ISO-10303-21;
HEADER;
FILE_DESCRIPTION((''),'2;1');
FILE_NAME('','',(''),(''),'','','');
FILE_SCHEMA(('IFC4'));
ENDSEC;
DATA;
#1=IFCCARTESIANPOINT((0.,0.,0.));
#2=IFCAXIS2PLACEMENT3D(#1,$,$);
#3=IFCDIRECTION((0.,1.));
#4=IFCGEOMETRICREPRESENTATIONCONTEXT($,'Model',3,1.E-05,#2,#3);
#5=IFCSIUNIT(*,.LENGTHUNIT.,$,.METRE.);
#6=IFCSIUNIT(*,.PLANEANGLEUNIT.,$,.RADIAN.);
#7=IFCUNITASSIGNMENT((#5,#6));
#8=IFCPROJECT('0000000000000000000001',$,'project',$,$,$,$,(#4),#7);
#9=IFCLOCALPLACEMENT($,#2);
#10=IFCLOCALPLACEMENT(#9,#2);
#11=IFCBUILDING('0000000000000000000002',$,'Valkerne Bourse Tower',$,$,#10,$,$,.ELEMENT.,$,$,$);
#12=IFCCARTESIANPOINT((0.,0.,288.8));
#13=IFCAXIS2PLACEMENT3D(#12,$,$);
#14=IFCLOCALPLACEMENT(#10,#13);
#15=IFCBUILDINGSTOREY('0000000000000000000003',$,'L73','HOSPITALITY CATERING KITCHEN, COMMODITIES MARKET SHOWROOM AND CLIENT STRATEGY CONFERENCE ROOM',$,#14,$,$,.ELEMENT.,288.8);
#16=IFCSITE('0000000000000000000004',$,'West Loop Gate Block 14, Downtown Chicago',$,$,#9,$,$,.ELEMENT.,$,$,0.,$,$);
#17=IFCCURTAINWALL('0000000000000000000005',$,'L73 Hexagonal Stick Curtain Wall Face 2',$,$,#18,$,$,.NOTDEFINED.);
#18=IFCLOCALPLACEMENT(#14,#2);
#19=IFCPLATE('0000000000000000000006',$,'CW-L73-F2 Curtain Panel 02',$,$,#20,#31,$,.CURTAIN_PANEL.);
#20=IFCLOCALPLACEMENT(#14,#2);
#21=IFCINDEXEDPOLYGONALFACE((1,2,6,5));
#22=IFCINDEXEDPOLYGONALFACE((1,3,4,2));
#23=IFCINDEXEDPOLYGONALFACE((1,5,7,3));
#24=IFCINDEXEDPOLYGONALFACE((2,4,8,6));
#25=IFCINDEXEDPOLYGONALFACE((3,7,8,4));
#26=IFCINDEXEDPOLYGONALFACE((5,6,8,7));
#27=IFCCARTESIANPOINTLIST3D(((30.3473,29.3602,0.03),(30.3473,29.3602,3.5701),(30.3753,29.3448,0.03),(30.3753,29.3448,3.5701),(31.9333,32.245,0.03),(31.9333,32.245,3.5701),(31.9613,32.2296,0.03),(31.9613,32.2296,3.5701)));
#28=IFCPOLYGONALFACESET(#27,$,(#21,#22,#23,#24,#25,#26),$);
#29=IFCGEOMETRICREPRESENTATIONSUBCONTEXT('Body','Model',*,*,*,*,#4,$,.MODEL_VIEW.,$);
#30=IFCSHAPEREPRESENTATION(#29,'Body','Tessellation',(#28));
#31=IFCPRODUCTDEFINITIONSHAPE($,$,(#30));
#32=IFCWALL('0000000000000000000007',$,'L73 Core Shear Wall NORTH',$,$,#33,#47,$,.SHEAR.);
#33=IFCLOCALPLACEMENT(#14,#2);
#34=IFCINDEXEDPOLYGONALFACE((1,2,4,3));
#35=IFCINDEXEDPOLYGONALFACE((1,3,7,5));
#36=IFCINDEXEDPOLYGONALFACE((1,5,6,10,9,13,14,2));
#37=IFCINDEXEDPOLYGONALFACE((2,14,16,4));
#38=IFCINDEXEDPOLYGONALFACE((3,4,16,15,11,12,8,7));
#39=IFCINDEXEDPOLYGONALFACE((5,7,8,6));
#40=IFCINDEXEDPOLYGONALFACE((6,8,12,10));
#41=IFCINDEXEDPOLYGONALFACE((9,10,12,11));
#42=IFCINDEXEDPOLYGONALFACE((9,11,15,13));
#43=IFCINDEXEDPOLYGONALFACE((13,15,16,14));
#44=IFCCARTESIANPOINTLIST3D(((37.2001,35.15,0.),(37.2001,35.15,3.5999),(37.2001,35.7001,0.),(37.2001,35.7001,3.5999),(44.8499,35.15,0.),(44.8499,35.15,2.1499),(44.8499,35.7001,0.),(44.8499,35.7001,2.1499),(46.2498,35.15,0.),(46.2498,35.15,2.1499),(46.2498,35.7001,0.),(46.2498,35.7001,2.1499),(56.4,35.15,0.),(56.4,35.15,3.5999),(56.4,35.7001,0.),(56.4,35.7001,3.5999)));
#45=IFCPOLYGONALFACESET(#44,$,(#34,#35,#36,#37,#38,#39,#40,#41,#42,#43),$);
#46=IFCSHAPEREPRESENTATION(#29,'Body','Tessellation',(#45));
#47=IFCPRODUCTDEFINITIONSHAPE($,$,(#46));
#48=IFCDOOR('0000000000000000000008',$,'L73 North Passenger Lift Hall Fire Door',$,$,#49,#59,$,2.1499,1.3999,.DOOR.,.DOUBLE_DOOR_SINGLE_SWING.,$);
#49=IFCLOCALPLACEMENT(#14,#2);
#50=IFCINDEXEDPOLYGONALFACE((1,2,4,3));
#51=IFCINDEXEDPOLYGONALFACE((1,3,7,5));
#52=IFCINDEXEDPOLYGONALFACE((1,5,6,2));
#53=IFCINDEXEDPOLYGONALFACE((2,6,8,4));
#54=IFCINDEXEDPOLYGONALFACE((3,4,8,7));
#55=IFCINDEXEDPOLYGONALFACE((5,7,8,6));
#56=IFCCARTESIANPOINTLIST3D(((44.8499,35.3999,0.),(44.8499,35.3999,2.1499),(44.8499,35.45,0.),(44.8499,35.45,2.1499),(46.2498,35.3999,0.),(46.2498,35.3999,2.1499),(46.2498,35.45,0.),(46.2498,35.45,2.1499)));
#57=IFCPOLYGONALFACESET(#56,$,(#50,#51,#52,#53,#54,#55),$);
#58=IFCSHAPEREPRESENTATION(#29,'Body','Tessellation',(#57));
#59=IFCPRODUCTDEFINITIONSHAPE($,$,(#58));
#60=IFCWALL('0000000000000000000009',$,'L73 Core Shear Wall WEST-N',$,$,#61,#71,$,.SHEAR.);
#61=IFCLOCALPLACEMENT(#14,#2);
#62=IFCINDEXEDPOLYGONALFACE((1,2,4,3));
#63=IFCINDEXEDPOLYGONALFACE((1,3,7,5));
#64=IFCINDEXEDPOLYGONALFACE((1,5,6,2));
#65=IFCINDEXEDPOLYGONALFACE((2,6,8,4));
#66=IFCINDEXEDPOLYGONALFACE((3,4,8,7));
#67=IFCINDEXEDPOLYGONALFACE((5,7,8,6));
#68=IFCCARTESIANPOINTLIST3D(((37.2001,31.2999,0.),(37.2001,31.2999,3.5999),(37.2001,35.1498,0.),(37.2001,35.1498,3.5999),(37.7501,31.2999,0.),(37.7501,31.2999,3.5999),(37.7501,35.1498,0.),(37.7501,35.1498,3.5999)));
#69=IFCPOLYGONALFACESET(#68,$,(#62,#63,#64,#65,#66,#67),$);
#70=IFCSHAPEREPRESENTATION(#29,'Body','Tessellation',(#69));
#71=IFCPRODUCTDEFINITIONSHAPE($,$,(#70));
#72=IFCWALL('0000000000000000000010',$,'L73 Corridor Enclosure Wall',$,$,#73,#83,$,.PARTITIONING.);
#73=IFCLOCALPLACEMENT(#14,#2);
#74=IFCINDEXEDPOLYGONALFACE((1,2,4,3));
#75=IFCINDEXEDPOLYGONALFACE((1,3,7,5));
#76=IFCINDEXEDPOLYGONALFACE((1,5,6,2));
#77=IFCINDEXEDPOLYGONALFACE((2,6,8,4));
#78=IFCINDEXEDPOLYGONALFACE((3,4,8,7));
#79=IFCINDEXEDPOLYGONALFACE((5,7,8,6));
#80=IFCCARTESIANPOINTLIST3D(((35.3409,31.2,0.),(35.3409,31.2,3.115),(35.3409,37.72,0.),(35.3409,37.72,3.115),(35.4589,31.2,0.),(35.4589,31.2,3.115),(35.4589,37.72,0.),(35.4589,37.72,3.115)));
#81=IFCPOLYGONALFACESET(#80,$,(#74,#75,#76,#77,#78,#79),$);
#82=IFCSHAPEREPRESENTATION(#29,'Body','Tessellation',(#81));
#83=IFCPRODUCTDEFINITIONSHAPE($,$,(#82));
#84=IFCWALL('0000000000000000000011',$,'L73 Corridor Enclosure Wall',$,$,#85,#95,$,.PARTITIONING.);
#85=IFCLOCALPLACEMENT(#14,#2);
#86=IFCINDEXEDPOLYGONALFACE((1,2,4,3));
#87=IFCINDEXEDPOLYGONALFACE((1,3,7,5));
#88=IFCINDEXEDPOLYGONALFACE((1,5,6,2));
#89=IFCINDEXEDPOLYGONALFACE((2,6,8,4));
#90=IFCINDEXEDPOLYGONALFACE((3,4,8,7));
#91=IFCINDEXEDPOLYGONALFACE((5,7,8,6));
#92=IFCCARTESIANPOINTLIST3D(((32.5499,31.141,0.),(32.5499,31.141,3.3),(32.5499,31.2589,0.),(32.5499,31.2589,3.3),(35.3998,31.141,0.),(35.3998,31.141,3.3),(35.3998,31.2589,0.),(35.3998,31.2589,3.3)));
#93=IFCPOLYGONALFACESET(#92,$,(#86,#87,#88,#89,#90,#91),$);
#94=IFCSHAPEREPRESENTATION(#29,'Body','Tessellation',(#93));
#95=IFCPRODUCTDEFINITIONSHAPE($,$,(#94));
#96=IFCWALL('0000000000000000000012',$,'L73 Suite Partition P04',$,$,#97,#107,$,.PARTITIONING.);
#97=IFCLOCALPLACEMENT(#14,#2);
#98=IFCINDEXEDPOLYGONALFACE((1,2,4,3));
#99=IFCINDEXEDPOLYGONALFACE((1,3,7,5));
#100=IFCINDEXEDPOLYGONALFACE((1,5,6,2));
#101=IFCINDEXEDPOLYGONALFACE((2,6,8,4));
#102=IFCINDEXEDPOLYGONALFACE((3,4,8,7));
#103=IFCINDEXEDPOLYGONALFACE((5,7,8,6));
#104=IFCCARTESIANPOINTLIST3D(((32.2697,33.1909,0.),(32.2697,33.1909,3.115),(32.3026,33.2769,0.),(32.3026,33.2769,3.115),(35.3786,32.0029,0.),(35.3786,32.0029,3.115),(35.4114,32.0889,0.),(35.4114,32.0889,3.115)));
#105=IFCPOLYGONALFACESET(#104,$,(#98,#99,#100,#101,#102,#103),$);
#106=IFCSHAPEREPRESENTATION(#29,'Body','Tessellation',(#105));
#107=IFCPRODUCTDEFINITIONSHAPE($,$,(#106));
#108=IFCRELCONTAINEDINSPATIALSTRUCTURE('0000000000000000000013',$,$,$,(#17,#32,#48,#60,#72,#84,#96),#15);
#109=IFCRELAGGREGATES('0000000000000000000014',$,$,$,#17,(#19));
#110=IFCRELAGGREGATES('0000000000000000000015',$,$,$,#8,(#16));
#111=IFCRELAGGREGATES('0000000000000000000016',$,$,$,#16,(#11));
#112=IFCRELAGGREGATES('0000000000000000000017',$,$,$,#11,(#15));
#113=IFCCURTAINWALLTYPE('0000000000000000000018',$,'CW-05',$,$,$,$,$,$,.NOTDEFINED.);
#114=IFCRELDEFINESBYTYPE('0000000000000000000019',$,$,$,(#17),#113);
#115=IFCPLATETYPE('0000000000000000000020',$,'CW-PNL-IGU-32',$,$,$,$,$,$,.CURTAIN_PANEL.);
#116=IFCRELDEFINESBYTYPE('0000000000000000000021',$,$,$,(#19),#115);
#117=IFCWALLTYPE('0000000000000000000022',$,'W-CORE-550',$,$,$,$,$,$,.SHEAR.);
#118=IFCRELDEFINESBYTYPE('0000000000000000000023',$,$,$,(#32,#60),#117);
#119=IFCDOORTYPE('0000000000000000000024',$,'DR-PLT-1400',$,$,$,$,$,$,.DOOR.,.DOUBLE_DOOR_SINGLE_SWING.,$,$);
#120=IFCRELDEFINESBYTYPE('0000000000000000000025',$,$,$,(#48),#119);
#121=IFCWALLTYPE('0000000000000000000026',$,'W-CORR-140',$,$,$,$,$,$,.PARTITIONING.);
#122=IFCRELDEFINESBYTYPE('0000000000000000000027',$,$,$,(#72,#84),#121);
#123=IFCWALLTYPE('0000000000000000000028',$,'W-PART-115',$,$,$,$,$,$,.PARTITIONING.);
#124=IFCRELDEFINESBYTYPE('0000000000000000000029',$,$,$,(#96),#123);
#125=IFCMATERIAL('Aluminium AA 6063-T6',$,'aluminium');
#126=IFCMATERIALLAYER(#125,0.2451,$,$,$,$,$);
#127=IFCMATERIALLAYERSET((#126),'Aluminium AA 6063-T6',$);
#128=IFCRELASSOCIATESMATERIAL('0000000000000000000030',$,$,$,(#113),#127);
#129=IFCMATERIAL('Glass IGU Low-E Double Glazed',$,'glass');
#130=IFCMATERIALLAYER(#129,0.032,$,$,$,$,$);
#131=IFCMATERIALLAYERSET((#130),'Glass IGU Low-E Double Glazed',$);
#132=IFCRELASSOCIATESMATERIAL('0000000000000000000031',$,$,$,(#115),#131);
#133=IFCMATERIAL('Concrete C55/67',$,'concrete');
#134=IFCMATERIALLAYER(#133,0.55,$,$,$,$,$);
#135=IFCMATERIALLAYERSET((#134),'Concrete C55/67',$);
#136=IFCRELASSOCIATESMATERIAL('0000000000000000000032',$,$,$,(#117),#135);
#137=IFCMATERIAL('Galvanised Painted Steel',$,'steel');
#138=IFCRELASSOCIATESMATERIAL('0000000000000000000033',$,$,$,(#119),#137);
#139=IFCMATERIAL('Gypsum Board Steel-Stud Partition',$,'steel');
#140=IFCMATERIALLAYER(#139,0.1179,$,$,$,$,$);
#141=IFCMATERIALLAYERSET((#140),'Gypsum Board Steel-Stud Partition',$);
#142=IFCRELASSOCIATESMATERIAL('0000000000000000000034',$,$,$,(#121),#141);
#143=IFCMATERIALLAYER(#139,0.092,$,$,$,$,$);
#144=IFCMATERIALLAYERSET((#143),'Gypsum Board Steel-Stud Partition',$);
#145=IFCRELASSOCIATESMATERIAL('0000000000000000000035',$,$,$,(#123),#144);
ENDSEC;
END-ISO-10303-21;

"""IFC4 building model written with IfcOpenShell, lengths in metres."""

from ifc_helpers import new_model, si_unit, direction, frame, frame_2d, origin, origin_2d, place, context, subcontext, project, spatial, rectangle, extrude, material, layer, layer_set, type_object, element, fill, aggregate, save


model = new_model("IFC4")

# Units and contexts
model_context = context("Model", 3, precision=1e-05, world=origin(), true_north=direction((0.0, 1.0)))
body_context = subcontext(model_context, "Body", "Model", "MODEL_VIEW")
ifc_project = project(units=[si_unit("LENGTHUNIT", "METRE"), si_unit("PLANEANGLEUNIT", "RADIAN")], contexts=[model_context])

# Site, building, storey
site_placement = place(None, origin())
site = spatial("IfcSite", under=ifc_project, at=site_placement, Name="West Loop Gate Block 14, Downtown Chicago", CompositionType="ELEMENT", RefElevation=0.0)
building_placement = place(site_placement, origin())
building = spatial("IfcBuilding", under=site, at=building_placement, Name="Valkerne Bourse Tower", CompositionType="ELEMENT")
storey_placement = place(building_placement, frame((0.0, 0.0, 288.8)))
storey = spatial("IfcBuildingStorey", under=building, at=storey_placement, Name="L73", Description="HOSPITALITY CATERING KITCHEN, COMMODITIES MARKET SHOWROOM AND CLIENT STRATEGY CONFERENCE ROOM", CompositionType="ELEMENT", Elevation=288.8)

# Curtain wall
ifc_material_1 = material(Name="Aluminium AA 6063-T6", Category="aluminium")
ifc_layer_1 = layer(ifc_material_1, 0.2451)
ifc_layer_set_1 = layer_set([ifc_layer_1], Name="Aluminium AA 6063-T6")
curtain_wall_type = type_object("IfcCurtainWallType", Name="CW-05", PredefinedType="NOTDEFINED", material=ifc_layer_set_1)
curtain_wall_placement = place(storey_placement, origin())
curtain_wall = element("IfcCurtainWall", 1, at=curtain_wall_placement, inside=storey, type_object=curtain_wall_type, Name="L73 Hexagonal Stick Curtain Wall Face 2", PredefinedType="NOTDEFINED")

# Plate
ifc_material_2 = material(Name="Glass IGU Low-E Double Glazed", Category="glass")
ifc_layer_2 = layer(ifc_material_2, 0.032)
ifc_layer_set_2 = layer_set([ifc_layer_2], Name="Glass IGU Low-E Double Glazed")
plate_type = type_object("IfcPlateType", Name="CW-PNL-IGU-32", PredefinedType="CURTAIN_PANEL", material=ifc_layer_set_2)
plate_1_placement = place(storey_placement, frame((31.1543, 30.7949, 0.03), z_axis=(0.0, 0.0, 1.0), x_axis=(-0.481764, -0.876301, 0.0)))
plate_1 = element("IfcPlate", 2, at=plate_1_placement, type_object=plate_type, Name="CW-L73-F2 Curtain Panel 02", PredefinedType="CURTAIN_PANEL", context=body_context, shape_type="SweptSolid", body=[
    extrude(rectangle(XDim=3.292, YDim=0.032, at=origin_2d()), origin(), (0.0, 0.0, 1.0), 3.54),
])
aggregate(curtain_wall, [plate_1])

# Wall, opening, door
ifc_material_3 = material(Name="Concrete C55/67", Category="concrete")
ifc_layer_3 = layer(ifc_material_3, 0.55)
ifc_layer_set_3 = layer_set([ifc_layer_3], Name="Concrete C55/67")
wall_type_1 = type_object("IfcWallType", Name="W-CORE-550", PredefinedType="SHEAR", material=ifc_layer_set_3)
wall_1_placement = place(storey_placement, frame((37.2, 35.425, 0.0), z_axis=(0.0, 0.0, 1.0), x_axis=(1.0, 0.0, 0.0)))
wall_1 = element("IfcWall", 3, at=wall_1_placement, inside=storey, type_object=wall_type_1, Name="L73 Core Shear Wall NORTH", PredefinedType="SHEAR", context=body_context, shape_type="SweptSolid", body=[
    extrude(rectangle(XDim=19.2, YDim=0.55, at=frame_2d((9.6001, 0.0))), origin(), (0.0, 0.0, 1.0), 3.5999),
])
opening_placement = place(wall_1_placement, frame((7.6499, 0.0, 0.0)))
opening = element("IfcOpeningElement", 4, at=opening_placement, cuts=wall_1, PredefinedType="OPENING", context=body_context, shape_type="SweptSolid", body=[
    extrude(rectangle(XDim=1.3999, YDim=2.1499, at=frame_2d((0.7, 1.075))), frame((0.0, 0.2849, 0.0), z_axis=(0.0, -1.0, 0.0), x_axis=(1.0, 0.0, 0.0)), (0.0, 0.0, 1.0), 0.5701),
])
ifc_material_4 = material(Name="Galvanised Painted Steel", Category="steel")
door_type = type_object("IfcDoorType", Name="DR-PLT-1400", OperationType="DOUBLE_DOOR_SINGLE_SWING", PredefinedType="DOOR", material=ifc_material_4)
door_placement = place(opening_placement, origin())
door = element("IfcDoor", 5, at=door_placement, inside=storey, type_object=door_type, Name="L73 North Passenger Lift Hall Fire Door", OperationType="DOUBLE_DOOR_SINGLE_SWING", OverallHeight=2.1499, OverallWidth=1.3999, PredefinedType="DOOR", context=body_context, shape_type="SweptSolid", body=[
    extrude(rectangle(XDim=1.3999, YDim=2.1499, at=frame_2d((0.7, 1.075))), frame((0.0, 0.0249, 0.0), z_axis=(0.0, -1.0, 0.0), x_axis=(1.0, 0.0, 0.0)), (0.0, 0.0, 1.0), 0.05),
])
fill(opening, door)

# Walls
wall_2_placement = place(storey_placement, frame((37.4751, 31.3, 0.0), z_axis=(0.0, 0.0, 1.0), x_axis=(0.0, 1.0, 0.0)))
element("IfcWall", 6, at=wall_2_placement, inside=storey, type_object=wall_type_1, Name="L73 Core Shear Wall WEST-N", PredefinedType="SHEAR", context=body_context, shape_type="SweptSolid", body=[
    extrude(rectangle(XDim=3.8499, YDim=0.55, at=frame_2d((1.9248, 0.0))), origin(), (0.0, 0.0, 1.0), 3.5999),
])
ifc_material_5 = material(Name="Gypsum Board Steel-Stud Partition", Category="steel")
ifc_layer_4 = layer(ifc_material_5, 0.1179)
ifc_layer_set_4 = layer_set([ifc_layer_4], Name="Gypsum Board Steel-Stud Partition")
wall_type_2 = type_object("IfcWallType", Name="W-CORR-140", PredefinedType="PARTITIONING", material=ifc_layer_set_4)
wall_3_placement = place(storey_placement, frame((35.3999, 31.2, 0.0), z_axis=(0.0, 0.0, 1.0), x_axis=(0.0, 1.0, 0.0)))
element("IfcWall", 7, at=wall_3_placement, inside=storey, type_object=wall_type_2, Name="L73 Corridor Enclosure Wall", PredefinedType="PARTITIONING", context=body_context, shape_type="SweptSolid", body=[
    extrude(rectangle(XDim=6.52, YDim=0.1179, at=frame_2d((3.26, 0.0))), origin(), (0.0, 0.0, 1.0), 3.115),
])
wall_4_placement = place(storey_placement, frame((32.55, 31.2, 0.0), z_axis=(0.0, 0.0, 1.0), x_axis=(1.0, 0.0, 0.0)))
element("IfcWall", 8, at=wall_4_placement, inside=storey, type_object=wall_type_2, Name="L73 Corridor Enclosure Wall", PredefinedType="PARTITIONING", context=body_context, shape_type="SweptSolid", body=[
    extrude(rectangle(XDim=2.8499, YDim=0.1179, at=frame_2d((1.4248, 0.0))), origin(), (0.0, 0.0, 1.0), 3.3),
])
ifc_layer_5 = layer(ifc_material_5, 0.092)
ifc_layer_set_5 = layer_set([ifc_layer_5], Name="Gypsum Board Steel-Stud Partition")
wall_type_3 = type_object("IfcWallType", Name="W-PART-115", PredefinedType="PARTITIONING", material=ifc_layer_set_5)
wall_5_placement = place(storey_placement, frame((35.395, 32.0459, 0.0), z_axis=(0.0, 0.0, 1.0), x_axis=(-0.934122, 0.356953, 0.0)))
element("IfcWall", 9, at=wall_5_placement, inside=storey, type_object=wall_type_3, Name="L73 Suite Partition P04", PredefinedType="PARTITIONING", context=body_context, shape_type="SweptSolid", body=[
    extrude(rectangle(XDim=3.3281, YDim=0.092, at=frame_2d((1.6641, 0.0))), origin(), (0.0, 0.0, 1.0), 3.115),
])

save(model, "model.ifc")
